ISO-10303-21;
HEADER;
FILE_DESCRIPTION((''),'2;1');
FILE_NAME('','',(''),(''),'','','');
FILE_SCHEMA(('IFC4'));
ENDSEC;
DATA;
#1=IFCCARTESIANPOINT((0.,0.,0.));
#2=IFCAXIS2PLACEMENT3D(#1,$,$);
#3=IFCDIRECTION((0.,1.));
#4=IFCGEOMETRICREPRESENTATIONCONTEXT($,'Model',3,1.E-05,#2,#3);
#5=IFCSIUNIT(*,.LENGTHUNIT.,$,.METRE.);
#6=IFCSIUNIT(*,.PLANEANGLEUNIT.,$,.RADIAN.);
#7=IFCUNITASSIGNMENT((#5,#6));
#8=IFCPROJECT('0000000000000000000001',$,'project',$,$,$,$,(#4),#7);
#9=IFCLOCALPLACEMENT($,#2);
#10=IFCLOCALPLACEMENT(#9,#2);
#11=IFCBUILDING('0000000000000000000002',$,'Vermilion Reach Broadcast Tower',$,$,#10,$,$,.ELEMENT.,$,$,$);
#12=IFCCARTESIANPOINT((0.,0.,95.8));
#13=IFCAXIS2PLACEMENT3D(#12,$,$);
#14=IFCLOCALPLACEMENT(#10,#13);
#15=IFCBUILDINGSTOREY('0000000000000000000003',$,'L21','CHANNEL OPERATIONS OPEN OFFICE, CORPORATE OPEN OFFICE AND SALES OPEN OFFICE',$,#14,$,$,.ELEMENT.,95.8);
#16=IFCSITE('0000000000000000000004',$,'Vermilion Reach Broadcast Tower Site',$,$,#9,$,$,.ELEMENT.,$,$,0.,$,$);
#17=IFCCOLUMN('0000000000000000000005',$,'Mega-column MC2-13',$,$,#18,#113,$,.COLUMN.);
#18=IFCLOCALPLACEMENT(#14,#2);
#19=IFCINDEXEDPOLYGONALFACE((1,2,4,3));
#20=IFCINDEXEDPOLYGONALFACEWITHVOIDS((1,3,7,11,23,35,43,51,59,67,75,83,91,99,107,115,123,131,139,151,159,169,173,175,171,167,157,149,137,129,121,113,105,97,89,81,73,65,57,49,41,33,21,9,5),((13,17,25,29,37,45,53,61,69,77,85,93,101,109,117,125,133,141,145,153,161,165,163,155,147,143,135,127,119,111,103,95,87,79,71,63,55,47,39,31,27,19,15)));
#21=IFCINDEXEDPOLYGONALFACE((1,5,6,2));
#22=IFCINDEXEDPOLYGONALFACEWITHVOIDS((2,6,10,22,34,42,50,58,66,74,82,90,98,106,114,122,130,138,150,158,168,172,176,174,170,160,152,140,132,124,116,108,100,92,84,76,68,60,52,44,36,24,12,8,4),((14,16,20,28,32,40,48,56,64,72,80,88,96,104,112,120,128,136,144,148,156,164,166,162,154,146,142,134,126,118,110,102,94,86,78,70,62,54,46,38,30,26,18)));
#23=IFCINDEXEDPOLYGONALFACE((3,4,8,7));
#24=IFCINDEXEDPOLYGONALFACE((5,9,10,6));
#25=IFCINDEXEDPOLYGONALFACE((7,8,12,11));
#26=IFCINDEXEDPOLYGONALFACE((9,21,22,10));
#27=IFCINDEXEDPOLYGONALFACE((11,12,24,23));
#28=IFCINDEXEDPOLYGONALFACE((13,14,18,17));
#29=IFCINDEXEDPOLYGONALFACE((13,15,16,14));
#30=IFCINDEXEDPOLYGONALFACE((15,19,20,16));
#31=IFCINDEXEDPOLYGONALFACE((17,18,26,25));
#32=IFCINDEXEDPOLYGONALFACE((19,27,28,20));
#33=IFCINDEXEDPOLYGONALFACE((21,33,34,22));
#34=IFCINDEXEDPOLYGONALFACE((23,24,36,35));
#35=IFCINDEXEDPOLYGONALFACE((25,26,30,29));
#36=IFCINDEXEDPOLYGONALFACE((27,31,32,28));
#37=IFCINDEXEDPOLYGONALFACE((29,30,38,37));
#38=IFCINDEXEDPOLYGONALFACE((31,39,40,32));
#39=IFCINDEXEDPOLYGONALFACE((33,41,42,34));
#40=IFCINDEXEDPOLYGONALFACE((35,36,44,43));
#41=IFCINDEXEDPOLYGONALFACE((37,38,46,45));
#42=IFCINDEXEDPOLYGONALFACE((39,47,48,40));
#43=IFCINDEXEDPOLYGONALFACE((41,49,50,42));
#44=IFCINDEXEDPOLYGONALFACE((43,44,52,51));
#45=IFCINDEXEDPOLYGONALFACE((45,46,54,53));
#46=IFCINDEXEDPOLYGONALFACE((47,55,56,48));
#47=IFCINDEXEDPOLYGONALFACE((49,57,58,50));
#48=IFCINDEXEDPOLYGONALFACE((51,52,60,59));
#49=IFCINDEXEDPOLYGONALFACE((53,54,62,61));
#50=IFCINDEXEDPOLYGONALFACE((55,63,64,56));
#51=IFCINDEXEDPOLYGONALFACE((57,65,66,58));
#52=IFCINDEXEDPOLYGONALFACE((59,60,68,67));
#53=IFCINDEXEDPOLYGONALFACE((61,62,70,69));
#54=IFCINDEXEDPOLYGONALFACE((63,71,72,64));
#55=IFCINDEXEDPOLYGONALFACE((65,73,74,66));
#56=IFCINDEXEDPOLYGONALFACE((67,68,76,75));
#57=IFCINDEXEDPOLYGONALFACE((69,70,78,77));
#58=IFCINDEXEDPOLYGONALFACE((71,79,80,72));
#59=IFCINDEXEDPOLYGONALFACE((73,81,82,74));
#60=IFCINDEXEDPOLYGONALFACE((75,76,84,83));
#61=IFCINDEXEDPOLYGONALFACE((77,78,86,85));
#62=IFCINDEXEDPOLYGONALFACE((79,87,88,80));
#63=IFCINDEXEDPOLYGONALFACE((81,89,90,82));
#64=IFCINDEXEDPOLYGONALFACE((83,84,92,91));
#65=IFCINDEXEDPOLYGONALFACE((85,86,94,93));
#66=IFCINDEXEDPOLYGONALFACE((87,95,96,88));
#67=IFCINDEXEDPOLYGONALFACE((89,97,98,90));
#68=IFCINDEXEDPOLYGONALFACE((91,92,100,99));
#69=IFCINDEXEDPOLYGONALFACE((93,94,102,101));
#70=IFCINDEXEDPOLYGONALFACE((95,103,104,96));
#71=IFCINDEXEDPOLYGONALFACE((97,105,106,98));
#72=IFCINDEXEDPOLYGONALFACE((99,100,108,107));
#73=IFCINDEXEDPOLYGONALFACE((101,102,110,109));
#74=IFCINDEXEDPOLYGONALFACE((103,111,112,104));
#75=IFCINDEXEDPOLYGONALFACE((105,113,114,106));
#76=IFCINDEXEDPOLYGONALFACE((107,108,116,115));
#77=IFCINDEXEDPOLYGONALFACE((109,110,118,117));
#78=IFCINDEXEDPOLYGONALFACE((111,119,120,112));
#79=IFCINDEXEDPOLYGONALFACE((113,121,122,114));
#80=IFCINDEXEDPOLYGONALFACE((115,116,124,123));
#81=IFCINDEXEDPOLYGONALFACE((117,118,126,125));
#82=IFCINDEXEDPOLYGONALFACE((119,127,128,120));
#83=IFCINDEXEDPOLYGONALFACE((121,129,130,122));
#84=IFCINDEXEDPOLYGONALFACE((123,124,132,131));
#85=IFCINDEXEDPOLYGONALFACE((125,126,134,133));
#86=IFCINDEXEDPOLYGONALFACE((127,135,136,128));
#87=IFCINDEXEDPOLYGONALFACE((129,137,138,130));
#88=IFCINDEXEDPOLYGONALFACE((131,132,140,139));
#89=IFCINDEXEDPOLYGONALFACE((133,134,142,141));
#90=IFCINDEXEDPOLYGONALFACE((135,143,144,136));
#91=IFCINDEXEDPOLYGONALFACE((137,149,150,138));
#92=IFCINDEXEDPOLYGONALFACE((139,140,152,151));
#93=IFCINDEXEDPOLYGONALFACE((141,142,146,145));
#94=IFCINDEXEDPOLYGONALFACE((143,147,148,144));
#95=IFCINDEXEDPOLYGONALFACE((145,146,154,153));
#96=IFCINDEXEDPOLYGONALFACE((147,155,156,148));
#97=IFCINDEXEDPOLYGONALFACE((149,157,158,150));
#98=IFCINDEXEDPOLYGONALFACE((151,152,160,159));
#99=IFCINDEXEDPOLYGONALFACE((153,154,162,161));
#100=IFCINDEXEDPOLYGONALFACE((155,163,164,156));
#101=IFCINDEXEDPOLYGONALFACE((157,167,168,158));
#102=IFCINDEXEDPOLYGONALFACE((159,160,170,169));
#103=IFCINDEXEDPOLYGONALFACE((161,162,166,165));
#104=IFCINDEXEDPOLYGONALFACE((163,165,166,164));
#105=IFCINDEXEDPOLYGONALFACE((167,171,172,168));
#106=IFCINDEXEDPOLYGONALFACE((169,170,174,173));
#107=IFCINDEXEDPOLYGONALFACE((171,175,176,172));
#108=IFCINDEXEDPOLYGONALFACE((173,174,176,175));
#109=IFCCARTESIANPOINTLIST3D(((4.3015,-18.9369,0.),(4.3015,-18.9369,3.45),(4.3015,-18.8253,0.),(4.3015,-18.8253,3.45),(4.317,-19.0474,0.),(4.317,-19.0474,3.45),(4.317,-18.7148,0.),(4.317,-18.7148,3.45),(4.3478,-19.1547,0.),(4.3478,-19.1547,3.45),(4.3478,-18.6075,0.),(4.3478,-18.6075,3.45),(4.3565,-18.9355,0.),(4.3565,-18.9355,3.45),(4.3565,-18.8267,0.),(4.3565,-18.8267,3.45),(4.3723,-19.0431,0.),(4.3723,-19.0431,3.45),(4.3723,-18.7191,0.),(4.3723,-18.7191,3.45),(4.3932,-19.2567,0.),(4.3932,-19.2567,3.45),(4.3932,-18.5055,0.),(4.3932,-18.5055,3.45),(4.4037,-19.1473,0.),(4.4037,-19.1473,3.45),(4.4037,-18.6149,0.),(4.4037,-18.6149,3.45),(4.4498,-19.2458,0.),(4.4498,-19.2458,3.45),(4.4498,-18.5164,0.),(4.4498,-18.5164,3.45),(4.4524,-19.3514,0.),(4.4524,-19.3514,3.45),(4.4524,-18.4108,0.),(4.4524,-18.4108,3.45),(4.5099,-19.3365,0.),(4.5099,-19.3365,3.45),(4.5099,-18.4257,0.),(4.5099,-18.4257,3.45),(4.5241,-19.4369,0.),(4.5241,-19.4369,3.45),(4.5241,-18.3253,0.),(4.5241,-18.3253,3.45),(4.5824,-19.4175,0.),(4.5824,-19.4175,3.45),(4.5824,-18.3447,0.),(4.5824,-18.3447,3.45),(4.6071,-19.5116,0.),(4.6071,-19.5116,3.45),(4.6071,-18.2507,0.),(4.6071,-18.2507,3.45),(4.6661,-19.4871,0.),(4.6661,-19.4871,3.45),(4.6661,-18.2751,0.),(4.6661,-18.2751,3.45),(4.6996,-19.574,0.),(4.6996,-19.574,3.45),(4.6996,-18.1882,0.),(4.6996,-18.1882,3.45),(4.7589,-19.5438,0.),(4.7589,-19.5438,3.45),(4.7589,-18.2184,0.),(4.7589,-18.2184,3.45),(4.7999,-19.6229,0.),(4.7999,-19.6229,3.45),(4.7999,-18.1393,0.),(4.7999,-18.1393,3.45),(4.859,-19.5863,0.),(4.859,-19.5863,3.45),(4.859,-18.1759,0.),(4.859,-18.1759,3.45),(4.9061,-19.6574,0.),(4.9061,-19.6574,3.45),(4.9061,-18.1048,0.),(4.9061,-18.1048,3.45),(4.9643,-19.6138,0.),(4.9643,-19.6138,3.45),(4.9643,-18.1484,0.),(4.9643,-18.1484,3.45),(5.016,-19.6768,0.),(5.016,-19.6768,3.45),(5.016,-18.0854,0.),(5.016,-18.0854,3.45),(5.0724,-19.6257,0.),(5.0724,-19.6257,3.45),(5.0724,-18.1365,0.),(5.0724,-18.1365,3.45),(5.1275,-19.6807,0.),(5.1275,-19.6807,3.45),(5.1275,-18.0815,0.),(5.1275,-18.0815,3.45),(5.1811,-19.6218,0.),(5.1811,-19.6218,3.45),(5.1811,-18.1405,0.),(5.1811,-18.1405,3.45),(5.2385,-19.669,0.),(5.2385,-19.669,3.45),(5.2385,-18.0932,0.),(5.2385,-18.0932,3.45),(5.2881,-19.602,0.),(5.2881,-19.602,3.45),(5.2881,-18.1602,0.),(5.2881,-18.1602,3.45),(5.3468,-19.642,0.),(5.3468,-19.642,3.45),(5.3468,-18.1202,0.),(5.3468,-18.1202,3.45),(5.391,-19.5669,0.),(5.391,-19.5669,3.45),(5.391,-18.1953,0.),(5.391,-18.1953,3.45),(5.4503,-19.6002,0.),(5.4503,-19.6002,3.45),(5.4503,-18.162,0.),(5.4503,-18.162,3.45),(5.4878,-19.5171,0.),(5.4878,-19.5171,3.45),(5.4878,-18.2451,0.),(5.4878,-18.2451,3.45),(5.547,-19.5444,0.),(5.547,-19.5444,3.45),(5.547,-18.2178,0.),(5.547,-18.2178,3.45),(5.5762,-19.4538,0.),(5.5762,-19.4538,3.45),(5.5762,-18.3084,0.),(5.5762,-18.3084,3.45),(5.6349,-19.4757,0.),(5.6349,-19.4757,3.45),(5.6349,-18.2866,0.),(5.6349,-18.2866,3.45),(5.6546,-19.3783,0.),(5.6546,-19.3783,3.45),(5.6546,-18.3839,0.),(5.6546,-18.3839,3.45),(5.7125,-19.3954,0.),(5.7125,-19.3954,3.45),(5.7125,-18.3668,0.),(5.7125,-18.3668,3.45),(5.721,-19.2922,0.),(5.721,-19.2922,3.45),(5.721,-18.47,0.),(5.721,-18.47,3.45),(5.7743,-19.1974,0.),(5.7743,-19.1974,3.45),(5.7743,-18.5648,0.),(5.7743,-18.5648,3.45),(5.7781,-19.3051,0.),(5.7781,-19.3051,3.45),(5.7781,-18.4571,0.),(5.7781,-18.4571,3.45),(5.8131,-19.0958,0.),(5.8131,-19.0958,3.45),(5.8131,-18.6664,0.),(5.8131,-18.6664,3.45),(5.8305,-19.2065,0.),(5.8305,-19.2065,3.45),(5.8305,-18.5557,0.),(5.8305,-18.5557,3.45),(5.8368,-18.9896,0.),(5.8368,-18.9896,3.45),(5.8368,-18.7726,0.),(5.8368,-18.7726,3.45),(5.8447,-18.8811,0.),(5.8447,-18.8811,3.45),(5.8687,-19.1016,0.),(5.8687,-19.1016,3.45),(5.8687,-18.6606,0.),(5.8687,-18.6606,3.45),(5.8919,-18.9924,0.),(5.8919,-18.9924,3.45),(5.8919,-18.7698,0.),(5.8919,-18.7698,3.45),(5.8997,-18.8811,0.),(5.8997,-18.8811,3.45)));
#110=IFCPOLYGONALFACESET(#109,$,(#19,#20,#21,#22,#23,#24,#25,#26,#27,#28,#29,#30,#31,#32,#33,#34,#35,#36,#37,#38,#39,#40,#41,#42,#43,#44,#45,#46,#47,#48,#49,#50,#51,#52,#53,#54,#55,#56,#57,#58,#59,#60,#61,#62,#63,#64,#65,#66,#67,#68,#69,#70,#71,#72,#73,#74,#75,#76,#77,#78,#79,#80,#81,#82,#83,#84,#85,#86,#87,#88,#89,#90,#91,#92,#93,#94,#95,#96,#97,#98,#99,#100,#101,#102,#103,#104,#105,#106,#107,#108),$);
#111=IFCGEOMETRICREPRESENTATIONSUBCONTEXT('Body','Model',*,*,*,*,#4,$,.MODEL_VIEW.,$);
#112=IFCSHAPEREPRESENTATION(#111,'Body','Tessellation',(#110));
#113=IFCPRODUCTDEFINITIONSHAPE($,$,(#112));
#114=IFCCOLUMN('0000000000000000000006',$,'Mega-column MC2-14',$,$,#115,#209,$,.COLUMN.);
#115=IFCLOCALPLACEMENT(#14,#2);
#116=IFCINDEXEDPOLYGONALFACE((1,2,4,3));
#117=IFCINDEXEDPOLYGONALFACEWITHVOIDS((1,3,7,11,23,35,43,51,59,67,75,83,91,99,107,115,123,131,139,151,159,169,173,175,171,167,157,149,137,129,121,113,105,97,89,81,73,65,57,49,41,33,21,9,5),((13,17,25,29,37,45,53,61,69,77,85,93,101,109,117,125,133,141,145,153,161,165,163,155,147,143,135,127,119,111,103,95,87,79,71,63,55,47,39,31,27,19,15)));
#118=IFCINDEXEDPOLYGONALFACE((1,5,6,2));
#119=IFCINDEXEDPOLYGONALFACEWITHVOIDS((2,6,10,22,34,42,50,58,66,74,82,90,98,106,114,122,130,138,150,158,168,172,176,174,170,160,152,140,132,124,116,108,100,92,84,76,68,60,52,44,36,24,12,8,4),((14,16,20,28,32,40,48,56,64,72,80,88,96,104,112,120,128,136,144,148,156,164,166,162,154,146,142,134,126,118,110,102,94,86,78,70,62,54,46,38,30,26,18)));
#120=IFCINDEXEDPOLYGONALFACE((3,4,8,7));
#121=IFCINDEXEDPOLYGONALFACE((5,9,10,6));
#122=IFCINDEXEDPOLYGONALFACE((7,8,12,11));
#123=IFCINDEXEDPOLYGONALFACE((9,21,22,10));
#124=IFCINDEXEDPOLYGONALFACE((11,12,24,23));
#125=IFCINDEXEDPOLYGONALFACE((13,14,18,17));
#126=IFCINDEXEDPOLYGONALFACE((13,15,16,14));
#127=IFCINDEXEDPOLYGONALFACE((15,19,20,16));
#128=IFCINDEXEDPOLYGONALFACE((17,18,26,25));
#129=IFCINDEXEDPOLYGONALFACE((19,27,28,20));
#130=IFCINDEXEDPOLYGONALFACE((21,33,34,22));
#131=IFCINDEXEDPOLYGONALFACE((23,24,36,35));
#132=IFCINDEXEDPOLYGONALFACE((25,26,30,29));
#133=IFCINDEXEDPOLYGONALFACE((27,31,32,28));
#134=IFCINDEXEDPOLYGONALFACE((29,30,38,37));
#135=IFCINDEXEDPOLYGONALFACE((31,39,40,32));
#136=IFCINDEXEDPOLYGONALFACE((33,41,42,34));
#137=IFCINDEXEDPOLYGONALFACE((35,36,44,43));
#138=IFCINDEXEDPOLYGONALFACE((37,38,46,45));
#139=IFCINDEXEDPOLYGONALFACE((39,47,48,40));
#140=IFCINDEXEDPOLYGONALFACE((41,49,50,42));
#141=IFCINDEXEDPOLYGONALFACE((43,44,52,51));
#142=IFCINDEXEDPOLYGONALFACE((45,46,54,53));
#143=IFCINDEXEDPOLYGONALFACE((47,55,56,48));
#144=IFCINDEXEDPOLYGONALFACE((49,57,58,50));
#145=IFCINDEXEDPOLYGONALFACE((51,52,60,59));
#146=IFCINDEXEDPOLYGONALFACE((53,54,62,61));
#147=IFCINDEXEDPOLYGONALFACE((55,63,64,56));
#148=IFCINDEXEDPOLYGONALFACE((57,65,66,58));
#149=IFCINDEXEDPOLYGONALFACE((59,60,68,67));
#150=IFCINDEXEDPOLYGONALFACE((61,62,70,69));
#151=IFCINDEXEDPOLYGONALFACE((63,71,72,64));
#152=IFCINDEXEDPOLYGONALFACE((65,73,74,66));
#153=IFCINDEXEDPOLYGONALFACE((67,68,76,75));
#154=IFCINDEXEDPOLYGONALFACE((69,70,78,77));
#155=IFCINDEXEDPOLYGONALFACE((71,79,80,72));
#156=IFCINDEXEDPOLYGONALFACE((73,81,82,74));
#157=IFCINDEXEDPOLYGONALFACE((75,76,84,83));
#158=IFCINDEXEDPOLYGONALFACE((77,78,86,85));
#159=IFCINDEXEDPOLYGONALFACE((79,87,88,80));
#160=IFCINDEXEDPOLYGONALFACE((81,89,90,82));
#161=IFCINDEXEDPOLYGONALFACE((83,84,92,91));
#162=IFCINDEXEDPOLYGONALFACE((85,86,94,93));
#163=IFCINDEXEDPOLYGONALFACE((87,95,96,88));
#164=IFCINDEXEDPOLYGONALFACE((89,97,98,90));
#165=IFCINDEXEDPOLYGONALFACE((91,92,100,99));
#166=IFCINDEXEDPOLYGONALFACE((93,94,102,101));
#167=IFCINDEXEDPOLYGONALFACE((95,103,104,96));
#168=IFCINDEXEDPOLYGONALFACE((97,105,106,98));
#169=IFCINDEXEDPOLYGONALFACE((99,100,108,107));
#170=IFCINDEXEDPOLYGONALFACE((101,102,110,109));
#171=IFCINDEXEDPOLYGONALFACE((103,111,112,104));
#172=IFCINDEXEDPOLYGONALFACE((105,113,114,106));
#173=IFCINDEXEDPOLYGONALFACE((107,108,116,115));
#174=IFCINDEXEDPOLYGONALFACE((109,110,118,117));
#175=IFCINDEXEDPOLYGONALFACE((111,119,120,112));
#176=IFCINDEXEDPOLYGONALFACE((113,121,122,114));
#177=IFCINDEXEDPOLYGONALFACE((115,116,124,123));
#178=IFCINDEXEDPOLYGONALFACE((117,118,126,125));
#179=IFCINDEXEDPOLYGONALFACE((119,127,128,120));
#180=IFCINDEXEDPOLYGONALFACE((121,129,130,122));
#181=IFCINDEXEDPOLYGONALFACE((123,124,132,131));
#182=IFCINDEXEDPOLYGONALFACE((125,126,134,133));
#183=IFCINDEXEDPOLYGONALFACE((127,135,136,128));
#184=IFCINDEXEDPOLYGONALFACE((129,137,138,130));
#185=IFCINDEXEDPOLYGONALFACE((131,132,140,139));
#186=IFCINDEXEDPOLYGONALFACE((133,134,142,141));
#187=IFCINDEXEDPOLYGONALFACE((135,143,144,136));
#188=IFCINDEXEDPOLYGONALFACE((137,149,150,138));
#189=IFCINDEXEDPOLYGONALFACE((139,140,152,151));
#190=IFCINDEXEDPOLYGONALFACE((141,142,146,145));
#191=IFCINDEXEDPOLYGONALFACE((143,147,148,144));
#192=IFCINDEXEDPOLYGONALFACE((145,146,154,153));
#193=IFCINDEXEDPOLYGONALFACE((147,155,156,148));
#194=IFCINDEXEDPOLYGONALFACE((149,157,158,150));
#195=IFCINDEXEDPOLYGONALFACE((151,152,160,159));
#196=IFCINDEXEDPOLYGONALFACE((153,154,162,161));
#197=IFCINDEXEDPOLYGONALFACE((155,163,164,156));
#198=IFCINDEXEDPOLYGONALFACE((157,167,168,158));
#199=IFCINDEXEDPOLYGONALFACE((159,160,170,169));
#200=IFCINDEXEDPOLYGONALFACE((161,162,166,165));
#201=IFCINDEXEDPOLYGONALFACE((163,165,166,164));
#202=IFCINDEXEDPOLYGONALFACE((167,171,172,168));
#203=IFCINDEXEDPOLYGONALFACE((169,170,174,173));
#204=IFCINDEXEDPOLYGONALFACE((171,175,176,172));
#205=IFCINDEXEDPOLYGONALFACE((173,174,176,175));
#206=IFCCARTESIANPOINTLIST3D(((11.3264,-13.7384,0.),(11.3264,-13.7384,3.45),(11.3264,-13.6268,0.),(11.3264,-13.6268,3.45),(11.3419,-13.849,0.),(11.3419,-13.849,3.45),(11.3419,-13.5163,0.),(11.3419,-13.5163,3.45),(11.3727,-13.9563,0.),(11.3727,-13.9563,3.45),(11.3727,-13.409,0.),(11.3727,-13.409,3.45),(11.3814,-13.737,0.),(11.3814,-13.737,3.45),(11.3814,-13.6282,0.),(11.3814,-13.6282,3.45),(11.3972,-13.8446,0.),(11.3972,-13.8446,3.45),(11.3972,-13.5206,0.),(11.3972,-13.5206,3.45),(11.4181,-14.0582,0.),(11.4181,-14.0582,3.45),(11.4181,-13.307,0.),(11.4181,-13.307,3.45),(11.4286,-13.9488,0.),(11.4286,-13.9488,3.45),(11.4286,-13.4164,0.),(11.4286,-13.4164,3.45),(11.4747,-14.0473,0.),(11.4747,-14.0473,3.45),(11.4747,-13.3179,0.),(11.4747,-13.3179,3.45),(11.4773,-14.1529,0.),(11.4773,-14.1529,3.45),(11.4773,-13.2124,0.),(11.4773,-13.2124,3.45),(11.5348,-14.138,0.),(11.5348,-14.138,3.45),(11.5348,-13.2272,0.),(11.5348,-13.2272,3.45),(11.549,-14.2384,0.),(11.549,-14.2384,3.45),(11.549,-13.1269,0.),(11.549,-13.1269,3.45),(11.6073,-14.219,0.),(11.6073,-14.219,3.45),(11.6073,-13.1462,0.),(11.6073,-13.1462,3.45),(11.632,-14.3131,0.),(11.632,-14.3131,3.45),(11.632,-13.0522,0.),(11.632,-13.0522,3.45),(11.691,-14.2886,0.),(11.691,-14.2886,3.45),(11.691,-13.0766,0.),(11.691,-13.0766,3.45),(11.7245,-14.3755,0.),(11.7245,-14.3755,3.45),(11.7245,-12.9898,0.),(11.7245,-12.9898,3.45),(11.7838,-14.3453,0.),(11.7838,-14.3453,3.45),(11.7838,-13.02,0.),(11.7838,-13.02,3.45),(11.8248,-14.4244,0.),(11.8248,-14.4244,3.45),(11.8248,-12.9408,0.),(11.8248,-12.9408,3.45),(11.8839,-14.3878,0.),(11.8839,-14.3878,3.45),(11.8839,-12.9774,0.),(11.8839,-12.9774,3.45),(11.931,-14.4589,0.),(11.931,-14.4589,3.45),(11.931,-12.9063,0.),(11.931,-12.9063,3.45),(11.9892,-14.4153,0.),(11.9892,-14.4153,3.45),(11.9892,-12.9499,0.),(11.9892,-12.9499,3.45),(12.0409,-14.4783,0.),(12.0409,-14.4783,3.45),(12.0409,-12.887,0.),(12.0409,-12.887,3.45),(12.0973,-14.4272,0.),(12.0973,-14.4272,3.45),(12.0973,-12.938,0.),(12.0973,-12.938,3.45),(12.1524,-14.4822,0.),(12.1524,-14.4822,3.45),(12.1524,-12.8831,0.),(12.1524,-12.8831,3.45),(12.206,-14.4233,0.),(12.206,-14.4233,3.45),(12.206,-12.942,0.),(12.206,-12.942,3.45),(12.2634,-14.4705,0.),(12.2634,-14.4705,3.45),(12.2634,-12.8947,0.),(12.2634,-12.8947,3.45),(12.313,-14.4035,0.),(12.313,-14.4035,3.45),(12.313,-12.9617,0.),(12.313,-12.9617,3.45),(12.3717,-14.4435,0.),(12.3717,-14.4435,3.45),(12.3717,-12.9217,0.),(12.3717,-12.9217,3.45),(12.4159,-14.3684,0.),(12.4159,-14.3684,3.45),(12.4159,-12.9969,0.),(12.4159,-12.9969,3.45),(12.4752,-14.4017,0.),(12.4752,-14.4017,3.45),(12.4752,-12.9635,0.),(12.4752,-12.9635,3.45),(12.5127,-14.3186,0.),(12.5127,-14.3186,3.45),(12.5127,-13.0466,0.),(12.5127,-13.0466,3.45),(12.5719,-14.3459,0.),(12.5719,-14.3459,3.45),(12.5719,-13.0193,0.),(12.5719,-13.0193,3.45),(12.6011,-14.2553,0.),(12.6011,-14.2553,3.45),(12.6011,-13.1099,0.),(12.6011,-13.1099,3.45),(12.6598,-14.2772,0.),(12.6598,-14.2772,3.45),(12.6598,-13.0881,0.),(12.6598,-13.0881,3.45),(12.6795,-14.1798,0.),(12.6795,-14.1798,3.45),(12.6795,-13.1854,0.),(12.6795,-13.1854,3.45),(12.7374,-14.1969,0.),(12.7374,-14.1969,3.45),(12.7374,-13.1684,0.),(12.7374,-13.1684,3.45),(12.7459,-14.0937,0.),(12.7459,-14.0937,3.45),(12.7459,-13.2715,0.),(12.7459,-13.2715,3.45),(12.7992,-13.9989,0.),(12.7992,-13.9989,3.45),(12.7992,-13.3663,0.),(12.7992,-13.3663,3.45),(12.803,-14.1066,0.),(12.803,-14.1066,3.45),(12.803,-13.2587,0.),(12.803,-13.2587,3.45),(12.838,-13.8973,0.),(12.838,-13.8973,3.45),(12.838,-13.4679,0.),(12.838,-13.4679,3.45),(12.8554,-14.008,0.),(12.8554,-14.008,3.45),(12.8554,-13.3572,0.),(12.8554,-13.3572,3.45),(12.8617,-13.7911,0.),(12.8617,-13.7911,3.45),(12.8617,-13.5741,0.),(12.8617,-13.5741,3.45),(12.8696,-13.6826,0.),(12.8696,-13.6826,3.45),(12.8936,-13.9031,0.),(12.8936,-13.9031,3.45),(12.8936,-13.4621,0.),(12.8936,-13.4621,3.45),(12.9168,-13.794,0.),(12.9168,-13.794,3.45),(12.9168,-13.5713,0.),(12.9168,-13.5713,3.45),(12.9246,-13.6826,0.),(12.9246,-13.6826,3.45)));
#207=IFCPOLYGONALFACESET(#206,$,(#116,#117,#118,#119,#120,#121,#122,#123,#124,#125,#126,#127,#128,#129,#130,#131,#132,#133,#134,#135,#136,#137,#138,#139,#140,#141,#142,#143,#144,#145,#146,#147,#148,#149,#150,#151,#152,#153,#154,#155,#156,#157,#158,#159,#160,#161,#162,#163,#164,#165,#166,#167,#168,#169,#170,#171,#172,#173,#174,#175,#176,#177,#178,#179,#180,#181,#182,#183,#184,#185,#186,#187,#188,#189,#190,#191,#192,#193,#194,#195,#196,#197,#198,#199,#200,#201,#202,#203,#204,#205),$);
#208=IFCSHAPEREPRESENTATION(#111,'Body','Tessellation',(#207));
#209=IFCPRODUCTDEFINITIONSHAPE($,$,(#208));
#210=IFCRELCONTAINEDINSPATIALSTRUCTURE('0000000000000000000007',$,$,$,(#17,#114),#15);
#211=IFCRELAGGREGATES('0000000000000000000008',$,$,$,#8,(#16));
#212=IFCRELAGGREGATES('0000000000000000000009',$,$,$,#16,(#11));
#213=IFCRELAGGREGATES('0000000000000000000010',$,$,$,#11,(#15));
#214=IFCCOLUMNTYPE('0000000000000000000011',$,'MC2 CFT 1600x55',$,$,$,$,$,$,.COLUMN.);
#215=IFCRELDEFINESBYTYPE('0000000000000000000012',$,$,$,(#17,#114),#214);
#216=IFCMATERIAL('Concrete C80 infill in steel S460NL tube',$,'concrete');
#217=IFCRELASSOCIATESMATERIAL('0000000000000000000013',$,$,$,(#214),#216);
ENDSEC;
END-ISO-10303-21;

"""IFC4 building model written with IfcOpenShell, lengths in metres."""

from ifc_helpers import new_model, si_unit, direction, frame, origin, origin_2d, place, context, subcontext, project, spatial, hollow_circle, extrude, material, material_profile, profile_set, type_object, element, save


model = new_model("IFC4")

# Units and contexts
model_context = context("Model", 3, precision=1e-05, world=origin(), true_north=direction((0.0, 1.0)))
body_context = subcontext(model_context, "Body", "Model", "MODEL_VIEW")
ifc_project = project(units=[si_unit("LENGTHUNIT", "METRE"), si_unit("PLANEANGLEUNIT", "RADIAN")], contexts=[model_context])

# Site, building, storey
site_placement = place(None, origin())
site = spatial("IfcSite", under=ifc_project, at=site_placement, Name="Vermilion Reach Broadcast Tower Site", CompositionType="ELEMENT", RefElevation=0.0)
building_placement = place(site_placement, origin())
building = spatial("IfcBuilding", under=site, at=building_placement, Name="Vermilion Reach Broadcast Tower", CompositionType="ELEMENT")
storey_placement = place(building_placement, frame((0.0, 0.0, 95.8)))
storey = spatial("IfcBuildingStorey", under=building, at=storey_placement, Name="L21", Description="CHANNEL OPERATIONS OPEN OFFICE, CORPORATE OPEN OFFICE AND SALES OPEN OFFICE", CompositionType="ELEMENT", Elevation=95.8)

# Columns
ifc_material_1 = material(Name="Concrete C80 infill in steel S460NL tube", Category="concrete")
ifc_material_profile_1 = material_profile(ifc_material_1, hollow_circle(Radius=0.8, WallThickness=0.0549, at=origin_2d()), Name="Concrete C80 infill in steel S460NL tube CFT 1600x55")
ifc_profile_set_1 = profile_set([ifc_material_profile_1], Name="Concrete C80 infill in steel S460NL tube")
column_type = type_object("IfcColumnType", Name="MC2 CFT 1600x55", PredefinedType="COLUMN", material=ifc_profile_set_1)
for number, where, z_axis, x_axis, name in (
    (1, (5.0996, -18.8811, 0.0), (0.0, 0.0, 1.0), (1.0, 0.0, 0.0), "Mega-column MC2-13"),
    (2, (12.1245, -13.6826, 0.0), (0.0, 0.0, 1.0), (1.0, 0.0, 0.0), "Mega-column MC2-14"),
):
    element("IfcColumn", number, at=place(storey_placement, frame(where, z_axis=z_axis, x_axis=x_axis)), inside=storey, type_object=column_type, Name=name, PredefinedType="COLUMN", context=body_context, shape_type="SweptSolid", body=[
        extrude(hollow_circle(Radius=0.8, WallThickness=0.0549, at=origin_2d()), origin(), (0.0, 0.0, 1.0), 3.45),
    ])

save(model, "model.ifc")
